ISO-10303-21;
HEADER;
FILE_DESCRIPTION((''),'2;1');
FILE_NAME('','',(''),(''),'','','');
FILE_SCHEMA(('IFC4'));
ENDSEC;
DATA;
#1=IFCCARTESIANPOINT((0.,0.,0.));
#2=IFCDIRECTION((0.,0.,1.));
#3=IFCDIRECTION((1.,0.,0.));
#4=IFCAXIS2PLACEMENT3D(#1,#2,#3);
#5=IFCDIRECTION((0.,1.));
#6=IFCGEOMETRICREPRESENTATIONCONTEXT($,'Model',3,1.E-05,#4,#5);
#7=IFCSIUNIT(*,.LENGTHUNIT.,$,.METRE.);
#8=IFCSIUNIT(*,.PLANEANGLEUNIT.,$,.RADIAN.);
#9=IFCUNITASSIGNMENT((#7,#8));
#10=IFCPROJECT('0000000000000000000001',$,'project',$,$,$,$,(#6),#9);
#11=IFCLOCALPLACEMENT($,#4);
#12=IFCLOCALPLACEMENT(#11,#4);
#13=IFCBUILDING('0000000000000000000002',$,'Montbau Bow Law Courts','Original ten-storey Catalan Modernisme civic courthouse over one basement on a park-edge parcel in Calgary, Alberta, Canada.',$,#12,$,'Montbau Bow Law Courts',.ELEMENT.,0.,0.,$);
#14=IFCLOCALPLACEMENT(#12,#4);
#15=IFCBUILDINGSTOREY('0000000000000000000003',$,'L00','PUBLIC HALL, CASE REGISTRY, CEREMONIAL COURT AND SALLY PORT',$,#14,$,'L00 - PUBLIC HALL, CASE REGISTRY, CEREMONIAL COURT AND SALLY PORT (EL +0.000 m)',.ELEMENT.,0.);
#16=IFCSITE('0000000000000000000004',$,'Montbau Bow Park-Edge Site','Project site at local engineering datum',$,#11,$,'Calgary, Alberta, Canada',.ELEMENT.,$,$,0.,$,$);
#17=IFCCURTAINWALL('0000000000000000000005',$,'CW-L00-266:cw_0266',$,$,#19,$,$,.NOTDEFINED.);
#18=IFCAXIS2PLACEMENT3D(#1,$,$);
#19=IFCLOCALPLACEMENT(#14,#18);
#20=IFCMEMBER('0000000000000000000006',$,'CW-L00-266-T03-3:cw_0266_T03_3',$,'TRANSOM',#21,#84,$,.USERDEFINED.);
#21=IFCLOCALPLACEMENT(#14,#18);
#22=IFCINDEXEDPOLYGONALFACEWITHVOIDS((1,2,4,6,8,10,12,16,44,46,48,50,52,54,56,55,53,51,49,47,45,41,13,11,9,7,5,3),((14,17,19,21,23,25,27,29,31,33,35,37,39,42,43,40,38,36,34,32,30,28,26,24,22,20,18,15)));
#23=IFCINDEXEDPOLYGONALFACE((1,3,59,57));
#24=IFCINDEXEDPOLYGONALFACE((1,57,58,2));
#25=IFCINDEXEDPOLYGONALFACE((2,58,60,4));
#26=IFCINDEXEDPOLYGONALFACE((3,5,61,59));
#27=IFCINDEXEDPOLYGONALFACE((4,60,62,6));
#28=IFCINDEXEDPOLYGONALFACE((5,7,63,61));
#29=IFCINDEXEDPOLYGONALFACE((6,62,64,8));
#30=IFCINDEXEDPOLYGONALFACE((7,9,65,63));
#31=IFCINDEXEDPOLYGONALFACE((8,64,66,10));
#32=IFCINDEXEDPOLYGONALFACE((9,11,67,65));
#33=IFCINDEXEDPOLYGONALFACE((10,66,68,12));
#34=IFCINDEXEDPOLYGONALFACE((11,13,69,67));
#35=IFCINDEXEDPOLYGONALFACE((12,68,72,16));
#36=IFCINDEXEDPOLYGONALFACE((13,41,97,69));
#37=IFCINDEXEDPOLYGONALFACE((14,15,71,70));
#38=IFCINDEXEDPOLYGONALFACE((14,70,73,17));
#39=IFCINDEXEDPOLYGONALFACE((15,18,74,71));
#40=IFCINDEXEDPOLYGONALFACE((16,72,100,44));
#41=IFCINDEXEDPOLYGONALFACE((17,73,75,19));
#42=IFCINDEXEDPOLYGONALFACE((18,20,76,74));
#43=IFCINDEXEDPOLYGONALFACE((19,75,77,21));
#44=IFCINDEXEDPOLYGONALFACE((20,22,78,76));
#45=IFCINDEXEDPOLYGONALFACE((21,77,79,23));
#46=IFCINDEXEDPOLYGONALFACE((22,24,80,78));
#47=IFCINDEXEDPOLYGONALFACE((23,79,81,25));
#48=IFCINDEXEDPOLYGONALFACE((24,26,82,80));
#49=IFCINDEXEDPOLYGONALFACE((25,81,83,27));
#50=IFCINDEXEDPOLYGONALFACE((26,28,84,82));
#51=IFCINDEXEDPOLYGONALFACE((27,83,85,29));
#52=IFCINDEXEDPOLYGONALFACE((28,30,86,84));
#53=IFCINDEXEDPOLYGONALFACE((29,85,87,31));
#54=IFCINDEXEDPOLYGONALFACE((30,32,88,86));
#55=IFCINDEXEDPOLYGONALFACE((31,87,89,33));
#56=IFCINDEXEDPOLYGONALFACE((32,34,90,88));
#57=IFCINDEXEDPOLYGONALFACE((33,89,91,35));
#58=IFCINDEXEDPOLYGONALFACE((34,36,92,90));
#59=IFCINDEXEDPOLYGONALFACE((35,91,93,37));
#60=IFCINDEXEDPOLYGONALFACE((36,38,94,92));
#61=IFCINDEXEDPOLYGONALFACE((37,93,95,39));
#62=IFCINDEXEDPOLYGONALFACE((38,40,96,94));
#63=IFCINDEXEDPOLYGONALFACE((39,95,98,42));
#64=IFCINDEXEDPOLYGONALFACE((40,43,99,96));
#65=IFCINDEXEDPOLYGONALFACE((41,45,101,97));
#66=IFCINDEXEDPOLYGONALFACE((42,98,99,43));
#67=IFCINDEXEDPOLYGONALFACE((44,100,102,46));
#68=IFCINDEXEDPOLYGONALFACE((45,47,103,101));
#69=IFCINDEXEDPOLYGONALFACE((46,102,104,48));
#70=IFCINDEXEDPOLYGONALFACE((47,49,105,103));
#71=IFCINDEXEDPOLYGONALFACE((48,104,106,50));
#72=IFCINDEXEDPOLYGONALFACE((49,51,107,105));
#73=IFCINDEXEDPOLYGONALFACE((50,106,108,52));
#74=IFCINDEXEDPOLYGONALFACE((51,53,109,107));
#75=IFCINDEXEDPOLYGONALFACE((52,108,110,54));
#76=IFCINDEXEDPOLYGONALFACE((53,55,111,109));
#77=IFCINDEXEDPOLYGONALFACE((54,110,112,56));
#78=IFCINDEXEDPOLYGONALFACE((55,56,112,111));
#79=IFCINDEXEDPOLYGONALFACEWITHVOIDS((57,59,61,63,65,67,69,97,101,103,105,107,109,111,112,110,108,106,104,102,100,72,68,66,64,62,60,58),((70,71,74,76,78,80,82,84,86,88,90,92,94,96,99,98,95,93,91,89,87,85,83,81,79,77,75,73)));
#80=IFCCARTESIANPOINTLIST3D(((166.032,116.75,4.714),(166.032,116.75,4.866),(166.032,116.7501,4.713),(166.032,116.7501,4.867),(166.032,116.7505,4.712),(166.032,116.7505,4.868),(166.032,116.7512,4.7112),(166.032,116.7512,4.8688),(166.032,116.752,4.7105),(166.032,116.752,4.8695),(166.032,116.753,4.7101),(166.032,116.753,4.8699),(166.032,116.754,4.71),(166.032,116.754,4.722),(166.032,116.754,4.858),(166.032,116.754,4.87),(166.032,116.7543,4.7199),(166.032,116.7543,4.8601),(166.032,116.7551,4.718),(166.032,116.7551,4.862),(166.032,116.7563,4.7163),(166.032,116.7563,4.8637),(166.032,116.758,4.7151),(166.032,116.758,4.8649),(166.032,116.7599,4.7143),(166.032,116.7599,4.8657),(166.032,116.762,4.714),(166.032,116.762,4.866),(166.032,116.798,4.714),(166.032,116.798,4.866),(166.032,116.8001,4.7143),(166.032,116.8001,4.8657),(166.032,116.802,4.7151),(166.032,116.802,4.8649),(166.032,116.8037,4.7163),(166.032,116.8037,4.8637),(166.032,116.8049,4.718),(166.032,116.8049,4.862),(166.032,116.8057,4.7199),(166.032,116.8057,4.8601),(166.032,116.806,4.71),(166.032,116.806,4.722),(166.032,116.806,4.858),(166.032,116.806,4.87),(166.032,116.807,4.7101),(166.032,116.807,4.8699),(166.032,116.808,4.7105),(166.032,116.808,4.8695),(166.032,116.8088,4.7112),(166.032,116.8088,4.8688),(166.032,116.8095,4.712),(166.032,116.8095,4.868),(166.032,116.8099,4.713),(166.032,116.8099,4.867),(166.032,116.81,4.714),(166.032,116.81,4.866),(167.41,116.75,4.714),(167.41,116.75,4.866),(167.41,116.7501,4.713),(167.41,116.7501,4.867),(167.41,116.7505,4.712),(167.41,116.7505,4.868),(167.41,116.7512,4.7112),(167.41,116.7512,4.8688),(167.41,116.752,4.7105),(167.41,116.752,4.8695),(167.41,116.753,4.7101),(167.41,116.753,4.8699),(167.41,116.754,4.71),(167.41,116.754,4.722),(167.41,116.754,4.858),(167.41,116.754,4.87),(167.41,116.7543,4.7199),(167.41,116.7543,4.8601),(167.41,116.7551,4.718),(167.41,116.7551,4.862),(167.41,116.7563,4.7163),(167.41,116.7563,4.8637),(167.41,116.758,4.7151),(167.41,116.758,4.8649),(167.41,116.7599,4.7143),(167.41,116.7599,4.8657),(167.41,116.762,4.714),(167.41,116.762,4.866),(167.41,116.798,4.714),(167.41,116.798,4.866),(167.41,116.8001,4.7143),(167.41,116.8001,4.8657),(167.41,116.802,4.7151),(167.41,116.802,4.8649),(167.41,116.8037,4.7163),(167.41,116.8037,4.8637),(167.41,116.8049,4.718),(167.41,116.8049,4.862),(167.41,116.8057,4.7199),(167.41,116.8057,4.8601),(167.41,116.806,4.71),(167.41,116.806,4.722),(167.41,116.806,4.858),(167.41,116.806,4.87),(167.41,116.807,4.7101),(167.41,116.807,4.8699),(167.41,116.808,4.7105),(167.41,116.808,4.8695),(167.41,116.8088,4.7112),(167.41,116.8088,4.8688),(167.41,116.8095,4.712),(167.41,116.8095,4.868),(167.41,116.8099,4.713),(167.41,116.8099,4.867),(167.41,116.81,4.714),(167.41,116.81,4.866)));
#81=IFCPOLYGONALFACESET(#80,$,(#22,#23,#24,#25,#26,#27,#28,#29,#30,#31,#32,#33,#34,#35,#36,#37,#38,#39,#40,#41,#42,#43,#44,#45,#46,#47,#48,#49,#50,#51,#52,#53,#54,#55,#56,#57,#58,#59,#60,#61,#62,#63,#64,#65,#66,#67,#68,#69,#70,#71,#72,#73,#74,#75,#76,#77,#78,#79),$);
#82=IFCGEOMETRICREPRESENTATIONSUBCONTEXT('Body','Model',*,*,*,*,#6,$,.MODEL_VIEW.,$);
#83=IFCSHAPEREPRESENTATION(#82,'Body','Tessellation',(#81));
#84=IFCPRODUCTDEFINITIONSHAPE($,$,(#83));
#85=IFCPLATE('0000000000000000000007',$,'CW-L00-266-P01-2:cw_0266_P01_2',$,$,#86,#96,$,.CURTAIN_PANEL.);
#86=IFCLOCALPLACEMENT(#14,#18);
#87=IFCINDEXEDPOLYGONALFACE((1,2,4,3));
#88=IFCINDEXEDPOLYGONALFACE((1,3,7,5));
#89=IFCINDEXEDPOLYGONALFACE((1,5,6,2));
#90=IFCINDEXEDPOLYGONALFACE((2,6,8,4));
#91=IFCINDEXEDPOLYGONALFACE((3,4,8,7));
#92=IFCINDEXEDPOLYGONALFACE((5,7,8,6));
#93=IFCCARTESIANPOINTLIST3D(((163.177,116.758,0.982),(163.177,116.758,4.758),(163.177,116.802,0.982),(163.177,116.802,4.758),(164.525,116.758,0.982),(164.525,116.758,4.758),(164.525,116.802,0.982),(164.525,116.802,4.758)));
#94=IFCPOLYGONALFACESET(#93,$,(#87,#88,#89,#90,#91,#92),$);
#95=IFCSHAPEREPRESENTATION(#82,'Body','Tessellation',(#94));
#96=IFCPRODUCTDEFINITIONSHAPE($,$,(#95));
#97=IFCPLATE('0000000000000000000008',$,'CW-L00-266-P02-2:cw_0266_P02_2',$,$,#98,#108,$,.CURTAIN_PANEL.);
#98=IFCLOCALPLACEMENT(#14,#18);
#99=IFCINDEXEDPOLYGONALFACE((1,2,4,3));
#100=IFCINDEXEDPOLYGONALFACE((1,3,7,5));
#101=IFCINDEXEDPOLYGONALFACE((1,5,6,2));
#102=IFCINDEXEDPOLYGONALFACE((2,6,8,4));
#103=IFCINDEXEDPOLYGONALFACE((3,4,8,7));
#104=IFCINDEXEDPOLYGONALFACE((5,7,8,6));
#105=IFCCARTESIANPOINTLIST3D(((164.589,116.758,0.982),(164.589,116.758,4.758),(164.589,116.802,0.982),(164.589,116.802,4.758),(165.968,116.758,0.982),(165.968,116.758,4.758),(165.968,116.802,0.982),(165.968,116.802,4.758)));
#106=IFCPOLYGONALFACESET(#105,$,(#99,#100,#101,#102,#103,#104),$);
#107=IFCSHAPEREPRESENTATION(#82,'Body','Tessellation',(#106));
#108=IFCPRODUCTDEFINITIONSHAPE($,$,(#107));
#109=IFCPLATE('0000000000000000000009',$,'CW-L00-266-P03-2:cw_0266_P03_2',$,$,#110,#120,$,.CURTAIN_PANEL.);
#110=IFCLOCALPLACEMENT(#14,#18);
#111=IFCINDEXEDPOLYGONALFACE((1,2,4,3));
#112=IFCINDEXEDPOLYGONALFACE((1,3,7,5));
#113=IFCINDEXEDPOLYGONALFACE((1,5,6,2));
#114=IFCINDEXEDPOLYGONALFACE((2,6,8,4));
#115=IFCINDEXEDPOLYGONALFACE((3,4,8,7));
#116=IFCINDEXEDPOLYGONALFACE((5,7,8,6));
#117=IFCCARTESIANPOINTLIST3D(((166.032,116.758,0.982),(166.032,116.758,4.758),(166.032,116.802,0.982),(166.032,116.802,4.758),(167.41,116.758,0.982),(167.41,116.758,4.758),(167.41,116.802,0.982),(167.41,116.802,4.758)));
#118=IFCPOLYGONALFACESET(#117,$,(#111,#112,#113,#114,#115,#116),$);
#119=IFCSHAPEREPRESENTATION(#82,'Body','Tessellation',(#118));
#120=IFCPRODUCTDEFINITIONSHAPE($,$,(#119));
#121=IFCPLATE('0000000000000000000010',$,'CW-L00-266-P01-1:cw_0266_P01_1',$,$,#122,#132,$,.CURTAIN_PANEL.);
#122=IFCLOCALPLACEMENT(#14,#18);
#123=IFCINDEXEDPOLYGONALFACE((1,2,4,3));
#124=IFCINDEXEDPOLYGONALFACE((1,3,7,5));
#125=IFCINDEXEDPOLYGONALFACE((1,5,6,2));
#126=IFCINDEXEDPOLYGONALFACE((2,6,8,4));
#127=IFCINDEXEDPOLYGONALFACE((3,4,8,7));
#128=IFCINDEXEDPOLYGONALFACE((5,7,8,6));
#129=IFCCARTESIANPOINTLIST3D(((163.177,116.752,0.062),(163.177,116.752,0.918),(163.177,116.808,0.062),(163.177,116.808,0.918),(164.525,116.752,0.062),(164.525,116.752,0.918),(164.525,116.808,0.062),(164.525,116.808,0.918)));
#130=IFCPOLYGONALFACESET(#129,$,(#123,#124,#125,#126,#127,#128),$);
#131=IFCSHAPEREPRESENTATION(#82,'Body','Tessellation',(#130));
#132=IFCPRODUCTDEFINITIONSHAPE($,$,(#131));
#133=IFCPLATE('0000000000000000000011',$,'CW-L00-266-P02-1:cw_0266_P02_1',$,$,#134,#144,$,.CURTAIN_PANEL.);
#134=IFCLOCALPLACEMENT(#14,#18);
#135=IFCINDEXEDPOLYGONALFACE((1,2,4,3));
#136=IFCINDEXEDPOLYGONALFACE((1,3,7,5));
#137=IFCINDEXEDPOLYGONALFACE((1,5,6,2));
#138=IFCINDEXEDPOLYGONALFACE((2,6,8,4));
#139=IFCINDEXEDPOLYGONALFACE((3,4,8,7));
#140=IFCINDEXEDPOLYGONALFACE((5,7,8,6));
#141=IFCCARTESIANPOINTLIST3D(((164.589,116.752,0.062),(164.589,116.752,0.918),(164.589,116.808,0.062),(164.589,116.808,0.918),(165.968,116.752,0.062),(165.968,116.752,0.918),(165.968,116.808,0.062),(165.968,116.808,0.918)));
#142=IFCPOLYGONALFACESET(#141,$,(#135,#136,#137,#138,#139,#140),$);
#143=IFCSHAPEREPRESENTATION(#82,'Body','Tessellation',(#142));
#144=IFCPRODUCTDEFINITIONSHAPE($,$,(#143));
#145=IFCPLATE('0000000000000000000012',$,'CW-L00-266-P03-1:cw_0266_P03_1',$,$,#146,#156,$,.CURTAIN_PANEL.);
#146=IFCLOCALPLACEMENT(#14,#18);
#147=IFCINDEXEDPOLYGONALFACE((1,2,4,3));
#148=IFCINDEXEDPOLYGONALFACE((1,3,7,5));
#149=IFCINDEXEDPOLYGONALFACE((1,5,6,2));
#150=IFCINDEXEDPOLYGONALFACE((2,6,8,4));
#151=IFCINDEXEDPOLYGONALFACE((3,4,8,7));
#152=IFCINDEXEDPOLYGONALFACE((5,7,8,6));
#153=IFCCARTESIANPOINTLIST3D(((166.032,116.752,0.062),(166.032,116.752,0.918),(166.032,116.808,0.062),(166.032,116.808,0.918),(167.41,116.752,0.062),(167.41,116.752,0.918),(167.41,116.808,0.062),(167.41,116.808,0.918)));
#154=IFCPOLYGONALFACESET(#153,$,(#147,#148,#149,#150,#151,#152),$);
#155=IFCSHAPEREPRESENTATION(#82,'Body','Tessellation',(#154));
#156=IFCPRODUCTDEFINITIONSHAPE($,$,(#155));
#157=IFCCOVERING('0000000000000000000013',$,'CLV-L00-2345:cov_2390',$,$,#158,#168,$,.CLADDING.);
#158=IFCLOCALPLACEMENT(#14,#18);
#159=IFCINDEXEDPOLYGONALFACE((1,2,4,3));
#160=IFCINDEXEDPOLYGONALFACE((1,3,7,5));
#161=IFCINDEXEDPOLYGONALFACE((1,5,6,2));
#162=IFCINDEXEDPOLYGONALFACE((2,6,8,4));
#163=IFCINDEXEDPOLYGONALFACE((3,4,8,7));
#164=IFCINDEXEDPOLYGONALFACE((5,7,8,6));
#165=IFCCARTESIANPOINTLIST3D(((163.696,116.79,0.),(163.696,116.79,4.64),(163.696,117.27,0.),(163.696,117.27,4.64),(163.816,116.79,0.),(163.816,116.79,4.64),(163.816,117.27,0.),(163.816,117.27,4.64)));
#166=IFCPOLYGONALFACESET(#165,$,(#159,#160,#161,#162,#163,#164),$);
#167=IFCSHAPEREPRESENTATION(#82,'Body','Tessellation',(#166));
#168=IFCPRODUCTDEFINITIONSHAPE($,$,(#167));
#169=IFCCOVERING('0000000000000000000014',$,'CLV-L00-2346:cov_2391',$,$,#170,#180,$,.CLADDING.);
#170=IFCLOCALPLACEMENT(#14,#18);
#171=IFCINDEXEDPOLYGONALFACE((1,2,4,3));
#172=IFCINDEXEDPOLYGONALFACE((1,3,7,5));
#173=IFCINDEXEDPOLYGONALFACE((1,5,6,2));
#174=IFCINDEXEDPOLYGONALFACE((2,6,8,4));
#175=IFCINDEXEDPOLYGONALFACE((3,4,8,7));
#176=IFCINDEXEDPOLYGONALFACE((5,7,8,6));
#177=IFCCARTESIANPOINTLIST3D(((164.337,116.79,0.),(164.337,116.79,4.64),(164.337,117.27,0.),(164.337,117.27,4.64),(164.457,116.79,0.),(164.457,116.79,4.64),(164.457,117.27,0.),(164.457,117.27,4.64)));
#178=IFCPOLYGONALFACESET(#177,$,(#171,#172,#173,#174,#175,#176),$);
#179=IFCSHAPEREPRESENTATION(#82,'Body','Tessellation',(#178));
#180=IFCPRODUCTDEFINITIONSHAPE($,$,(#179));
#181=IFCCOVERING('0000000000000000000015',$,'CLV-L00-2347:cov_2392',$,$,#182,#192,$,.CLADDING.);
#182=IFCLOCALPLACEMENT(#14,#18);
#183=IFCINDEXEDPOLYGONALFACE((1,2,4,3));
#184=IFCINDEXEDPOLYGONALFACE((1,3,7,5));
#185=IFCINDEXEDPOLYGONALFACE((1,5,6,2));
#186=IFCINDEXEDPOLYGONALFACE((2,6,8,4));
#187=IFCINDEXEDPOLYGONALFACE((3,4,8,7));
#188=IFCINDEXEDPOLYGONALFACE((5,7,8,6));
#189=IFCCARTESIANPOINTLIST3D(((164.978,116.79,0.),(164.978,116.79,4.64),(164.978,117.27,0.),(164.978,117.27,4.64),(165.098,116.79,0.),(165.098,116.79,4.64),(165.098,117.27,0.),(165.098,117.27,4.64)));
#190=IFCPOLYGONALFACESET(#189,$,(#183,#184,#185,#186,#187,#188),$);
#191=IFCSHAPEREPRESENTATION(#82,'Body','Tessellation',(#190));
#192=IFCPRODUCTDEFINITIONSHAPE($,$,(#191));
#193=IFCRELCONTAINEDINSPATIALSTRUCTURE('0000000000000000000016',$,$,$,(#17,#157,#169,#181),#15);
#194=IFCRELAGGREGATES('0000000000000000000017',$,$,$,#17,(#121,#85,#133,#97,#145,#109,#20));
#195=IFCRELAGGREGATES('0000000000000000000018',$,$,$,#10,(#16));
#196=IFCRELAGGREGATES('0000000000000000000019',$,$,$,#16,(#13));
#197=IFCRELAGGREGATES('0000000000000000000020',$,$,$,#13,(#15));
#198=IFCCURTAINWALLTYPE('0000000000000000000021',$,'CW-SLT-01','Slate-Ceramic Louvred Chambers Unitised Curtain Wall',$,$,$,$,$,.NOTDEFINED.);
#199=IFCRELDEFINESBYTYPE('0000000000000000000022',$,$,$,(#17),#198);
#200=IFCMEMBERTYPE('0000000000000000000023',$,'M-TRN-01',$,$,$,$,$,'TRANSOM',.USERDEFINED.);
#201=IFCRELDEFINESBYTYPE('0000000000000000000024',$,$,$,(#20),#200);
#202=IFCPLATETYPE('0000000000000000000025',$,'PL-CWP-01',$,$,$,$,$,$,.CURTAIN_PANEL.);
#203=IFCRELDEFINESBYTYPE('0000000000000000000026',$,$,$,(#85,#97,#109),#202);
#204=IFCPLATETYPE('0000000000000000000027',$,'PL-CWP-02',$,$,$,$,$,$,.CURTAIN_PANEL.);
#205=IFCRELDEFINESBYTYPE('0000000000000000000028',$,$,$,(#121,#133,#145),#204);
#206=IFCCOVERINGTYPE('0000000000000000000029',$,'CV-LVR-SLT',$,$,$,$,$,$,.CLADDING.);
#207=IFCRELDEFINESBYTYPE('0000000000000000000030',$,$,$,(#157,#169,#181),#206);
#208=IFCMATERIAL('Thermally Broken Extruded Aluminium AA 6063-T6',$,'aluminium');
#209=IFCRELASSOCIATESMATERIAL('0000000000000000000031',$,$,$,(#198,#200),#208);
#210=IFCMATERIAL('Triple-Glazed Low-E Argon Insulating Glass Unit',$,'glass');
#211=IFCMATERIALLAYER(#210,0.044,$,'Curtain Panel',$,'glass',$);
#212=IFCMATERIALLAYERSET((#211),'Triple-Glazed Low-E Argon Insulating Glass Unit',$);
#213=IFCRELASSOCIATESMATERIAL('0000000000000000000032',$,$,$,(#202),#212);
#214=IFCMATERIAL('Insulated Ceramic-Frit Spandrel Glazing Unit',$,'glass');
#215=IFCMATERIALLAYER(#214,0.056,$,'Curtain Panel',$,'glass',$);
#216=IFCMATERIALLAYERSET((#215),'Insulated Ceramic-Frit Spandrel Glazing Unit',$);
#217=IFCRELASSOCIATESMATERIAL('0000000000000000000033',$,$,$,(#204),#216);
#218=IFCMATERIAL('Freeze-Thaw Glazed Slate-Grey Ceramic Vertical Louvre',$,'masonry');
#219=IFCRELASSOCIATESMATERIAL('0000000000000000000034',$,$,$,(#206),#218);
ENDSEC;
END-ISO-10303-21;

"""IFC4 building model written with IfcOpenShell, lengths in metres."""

from ifc_helpers import new_model, si_unit, direction, frame, frame_2d, origin_with_axes, origin_2d_with_axis, place, context, subcontext, project, spatial, rectangle, hollow_rectangle, extrude, material, layer, layer_set, material_profile, profile_set, type_object, element, aggregate, save


model = new_model("IFC4")

# Units and contexts
model_context = context("Model", 3, precision=1e-05, world=origin_with_axes(), true_north=direction((0.0, 1.0)))
body_context = subcontext(model_context, "Body", "Model", "MODEL_VIEW")
ifc_project = project(units=[si_unit("LENGTHUNIT", "METRE"), si_unit("PLANEANGLEUNIT", "RADIAN")], contexts=[model_context])

# Site, building, storey
site_placement = place(None, origin_with_axes())
site = spatial("IfcSite", under=ifc_project, at=site_placement, Name="Montbau Bow Park-Edge Site", Description="Project site at local engineering datum", LongName="Calgary, Alberta, Canada", CompositionType="ELEMENT", RefElevation=0.0)
building_placement = place(site_placement, origin_with_axes())
building = spatial("IfcBuilding", under=site, at=building_placement, Name="Montbau Bow Law Courts", Description="Original ten-storey Catalan Modernisme civic courthouse over one basement on a park-edge parcel in Calgary, Alberta, Canada.", LongName="Montbau Bow Law Courts", CompositionType="ELEMENT", ElevationOfRefHeight=0.0, ElevationOfTerrain=0.0)
storey_placement = place(building_placement, origin_with_axes())
storey = spatial("IfcBuildingStorey", under=building, at=storey_placement, Name="L00", Description="PUBLIC HALL, CASE REGISTRY, CEREMONIAL COURT AND SALLY PORT", LongName="L00 - PUBLIC HALL, CASE REGISTRY, CEREMONIAL COURT AND SALLY PORT (EL +0.000 m)", CompositionType="ELEMENT", Elevation=0.0)

# Curtain wall, member, plates
ifc_material_1 = material(Name="Thermally Broken Extruded Aluminium AA 6063-T6", Category="aluminium")
curtain_wall_type = type_object("IfcCurtainWallType", Name="CW-SLT-01", Description="Slate-Ceramic Louvred Chambers Unitised Curtain Wall", PredefinedType="NOTDEFINED", material=ifc_material_1)
curtain_wall_placement = place(None, frame((163.115, 116.78, 0.0), z_axis=(0.0, 0.0, 1.0), x_axis=(1.0, 0.0, 0.0)))
curtain_wall = element("IfcCurtainWall", 1, at=curtain_wall_placement, inside=storey, type_object=curtain_wall_type, Name="CW-L00-266:cw_0266", PredefinedType="NOTDEFINED")
ifc_material_profile_1 = material_profile(ifc_material_1, hollow_rectangle(XDim=0.06, YDim=0.16, WallThickness=0.004, InnerFilletRadius=0.008, OuterFilletRadius=0.004, at=origin_2d_with_axis()), Name="CWT-160X60", Category="Main", Priority=0)
ifc_profile_set_1 = profile_set([ifc_material_profile_1], Name="Thermally Broken Extruded Aluminium AA 6063-T6")
member_type_1 = type_object("IfcMemberType", Name="M-TRN-01", ElementType="TRANSOM", PredefinedType="USERDEFINED", material=ifc_profile_set_1)
member_1_placement = place(None, frame((166.032, 116.78, 4.79), z_axis=(1.0, 0.0, 0.0), x_axis=(0.0, 1.0, 0.0)))
member_1 = element("IfcMember", 2, at=member_1_placement, type_object=member_type_1, Name="CW-L00-266-T03-3:cw_0266_T03_3", ObjectType="TRANSOM", PredefinedType="USERDEFINED", context=body_context, shape_type="SweptSolid", body=[
    extrude(hollow_rectangle(XDim=0.06, YDim=0.16, WallThickness=0.004, InnerFilletRadius=0.008, OuterFilletRadius=0.004, at=origin_2d_with_axis()), origin_with_axes(), (0.0, 0.0, 1.0), 1.378),
])
ifc_material_2 = material(Name="Triple-Glazed Low-E Argon Insulating Glass Unit", Category="glass")
ifc_layer_1 = layer(ifc_material_2, 0.044, Name="Curtain Panel", Category="glass")
ifc_layer_set_1 = layer_set([ifc_layer_1], Name="Triple-Glazed Low-E Argon Insulating Glass Unit")
plate_type_1 = type_object("IfcPlateType", Name="PL-CWP-01", PredefinedType="CURTAIN_PANEL", material=ifc_layer_set_1)
plate_1_placement = place(None, frame((163.177, 116.78, 0.982), z_axis=(0.0, -1.0, 0.0), x_axis=(1.0, 0.0, 0.0)))
plate_1 = element("IfcPlate", 3, at=plate_1_placement, type_object=plate_type_1, Name="CW-L00-266-P01-2:cw_0266_P01_2", PredefinedType="CURTAIN_PANEL", context=body_context, shape_type="SweptSolid", body=[
    extrude(rectangle(XDim=1.348, YDim=3.776, at=frame_2d((0.674, 1.888), x_axis=(1.0, 0.0))), frame((0.0, 0.0, -0.022), z_axis=(0.0, 0.0, 1.0), x_axis=(1.0, 0.0, 0.0)), (0.0, 0.0, 1.0), 0.044),
])
plate_2_placement = place(None, frame((164.589, 116.78, 0.982), z_axis=(0.0, -1.0, 0.0), x_axis=(1.0, 0.0, 0.0)))
plate_2 = element("IfcPlate", 4, at=plate_2_placement, type_object=plate_type_1, Name="CW-L00-266-P02-2:cw_0266_P02_2", PredefinedType="CURTAIN_PANEL", context=body_context, shape_type="SweptSolid", body=[
    extrude(rectangle(XDim=1.379, YDim=3.776, at=frame_2d((0.6895, 1.888), x_axis=(1.0, 0.0))), frame((0.0, 0.0, -0.022), z_axis=(0.0, 0.0, 1.0), x_axis=(1.0, 0.0, 0.0)), (0.0, 0.0, 1.0), 0.044),
])
plate_3_placement = place(None, frame((166.032, 116.78, 0.982), z_axis=(0.0, -1.0, 0.0), x_axis=(1.0, 0.0, 0.0)))
plate_3 = element("IfcPlate", 5, at=plate_3_placement, type_object=plate_type_1, Name="CW-L00-266-P03-2:cw_0266_P03_2", PredefinedType="CURTAIN_PANEL", context=body_context, shape_type="SweptSolid", body=[
    extrude(rectangle(XDim=1.378, YDim=3.776, at=frame_2d((0.689, 1.888), x_axis=(1.0, 0.0))), frame((0.0, 0.0, -0.022), z_axis=(0.0, 0.0, 1.0), x_axis=(1.0, 0.0, 0.0)), (0.0, 0.0, 1.0), 0.044),
])
ifc_material_3 = material(Name="Insulated Ceramic-Frit Spandrel Glazing Unit", Category="glass")
ifc_layer_2 = layer(ifc_material_3, 0.056, Name="Curtain Panel", Category="glass")
ifc_layer_set_2 = layer_set([ifc_layer_2], Name="Insulated Ceramic-Frit Spandrel Glazing Unit")
plate_type_2 = type_object("IfcPlateType", Name="PL-CWP-02", PredefinedType="CURTAIN_PANEL", material=ifc_layer_set_2)
plate_4_placement = place(None, frame((163.177, 116.78, 0.062), z_axis=(0.0, -1.0, 0.0), x_axis=(1.0, 0.0, 0.0)))
plate_4 = element("IfcPlate", 6, at=plate_4_placement, type_object=plate_type_2, Name="CW-L00-266-P01-1:cw_0266_P01_1", PredefinedType="CURTAIN_PANEL", context=body_context, shape_type="SweptSolid", body=[
    extrude(rectangle(XDim=1.348, YDim=0.856, at=frame_2d((0.674, 0.428), x_axis=(1.0, 0.0))), frame((0.0, 0.0, -0.028), z_axis=(0.0, 0.0, 1.0), x_axis=(1.0, 0.0, 0.0)), (0.0, 0.0, 1.0), 0.056),
])
plate_5_placement = place(None, frame((164.589, 116.78, 0.062), z_axis=(0.0, -1.0, 0.0), x_axis=(1.0, 0.0, 0.0)))
plate_5 = element("IfcPlate", 7, at=plate_5_placement, type_object=plate_type_2, Name="CW-L00-266-P02-1:cw_0266_P02_1", PredefinedType="CURTAIN_PANEL", context=body_context, shape_type="SweptSolid", body=[
    extrude(rectangle(XDim=1.379, YDim=0.856, at=frame_2d((0.6895, 0.428), x_axis=(1.0, 0.0))), frame((0.0, 0.0, -0.028), z_axis=(0.0, 0.0, 1.0), x_axis=(1.0, 0.0, 0.0)), (0.0, 0.0, 1.0), 0.056),
])
plate_6_placement = place(None, frame((166.032, 116.78, 0.062), z_axis=(0.0, -1.0, 0.0), x_axis=(1.0, 0.0, 0.0)))
plate_6 = element("IfcPlate", 8, at=plate_6_placement, type_object=plate_type_2, Name="CW-L00-266-P03-1:cw_0266_P03_1", PredefinedType="CURTAIN_PANEL", context=body_context, shape_type="SweptSolid", body=[
    extrude(rectangle(XDim=1.378, YDim=0.856, at=frame_2d((0.689, 0.428), x_axis=(1.0, 0.0))), frame((0.0, 0.0, -0.028), z_axis=(0.0, 0.0, 1.0), x_axis=(1.0, 0.0, 0.0)), (0.0, 0.0, 1.0), 0.056),
])
aggregate(curtain_wall, [plate_4, plate_1, plate_5, plate_2, plate_6, plate_3, member_1])

# Coverings
ifc_material_4 = material(Name="Freeze-Thaw Glazed Slate-Grey Ceramic Vertical Louvre", Category="masonry")
covering_type = type_object("IfcCoveringType", Name="CV-LVR-SLT", PredefinedType="CLADDING", material=ifc_material_4)
for number, where, z_axis, x_axis, name in (
    (9, (163.756, 116.79, 0.0), (1.0, 0.0, 0.0), (0.0, 1.0, 0.0), "CLV-L00-2345:cov_2390"),
    (10, (164.397, 116.79, 0.0), (1.0, 0.0, 0.0), (0.0, 1.0, 0.0), "CLV-L00-2346:cov_2391"),
    (11, (165.038, 116.79, 0.0), (1.0, 0.0, 0.0), (0.0, 1.0, 0.0), "CLV-L00-2347:cov_2392"),
):
    element("IfcCovering", number, at=place(None, frame(where, z_axis=z_axis, x_axis=x_axis)), inside=storey, type_object=covering_type, Name=name, PredefinedType="CLADDING", context=body_context, shape_type="SweptSolid", body=[
        extrude(rectangle(XDim=0.48, YDim=4.64, at=frame_2d((0.24, 2.32), x_axis=(1.0, 0.0))), frame((0.0, 0.0, -0.06), z_axis=(0.0, 0.0, 1.0), x_axis=(1.0, 0.0, 0.0)), (0.0, 0.0, 1.0), 0.12),
    ])

save(model, "model.ifc")
